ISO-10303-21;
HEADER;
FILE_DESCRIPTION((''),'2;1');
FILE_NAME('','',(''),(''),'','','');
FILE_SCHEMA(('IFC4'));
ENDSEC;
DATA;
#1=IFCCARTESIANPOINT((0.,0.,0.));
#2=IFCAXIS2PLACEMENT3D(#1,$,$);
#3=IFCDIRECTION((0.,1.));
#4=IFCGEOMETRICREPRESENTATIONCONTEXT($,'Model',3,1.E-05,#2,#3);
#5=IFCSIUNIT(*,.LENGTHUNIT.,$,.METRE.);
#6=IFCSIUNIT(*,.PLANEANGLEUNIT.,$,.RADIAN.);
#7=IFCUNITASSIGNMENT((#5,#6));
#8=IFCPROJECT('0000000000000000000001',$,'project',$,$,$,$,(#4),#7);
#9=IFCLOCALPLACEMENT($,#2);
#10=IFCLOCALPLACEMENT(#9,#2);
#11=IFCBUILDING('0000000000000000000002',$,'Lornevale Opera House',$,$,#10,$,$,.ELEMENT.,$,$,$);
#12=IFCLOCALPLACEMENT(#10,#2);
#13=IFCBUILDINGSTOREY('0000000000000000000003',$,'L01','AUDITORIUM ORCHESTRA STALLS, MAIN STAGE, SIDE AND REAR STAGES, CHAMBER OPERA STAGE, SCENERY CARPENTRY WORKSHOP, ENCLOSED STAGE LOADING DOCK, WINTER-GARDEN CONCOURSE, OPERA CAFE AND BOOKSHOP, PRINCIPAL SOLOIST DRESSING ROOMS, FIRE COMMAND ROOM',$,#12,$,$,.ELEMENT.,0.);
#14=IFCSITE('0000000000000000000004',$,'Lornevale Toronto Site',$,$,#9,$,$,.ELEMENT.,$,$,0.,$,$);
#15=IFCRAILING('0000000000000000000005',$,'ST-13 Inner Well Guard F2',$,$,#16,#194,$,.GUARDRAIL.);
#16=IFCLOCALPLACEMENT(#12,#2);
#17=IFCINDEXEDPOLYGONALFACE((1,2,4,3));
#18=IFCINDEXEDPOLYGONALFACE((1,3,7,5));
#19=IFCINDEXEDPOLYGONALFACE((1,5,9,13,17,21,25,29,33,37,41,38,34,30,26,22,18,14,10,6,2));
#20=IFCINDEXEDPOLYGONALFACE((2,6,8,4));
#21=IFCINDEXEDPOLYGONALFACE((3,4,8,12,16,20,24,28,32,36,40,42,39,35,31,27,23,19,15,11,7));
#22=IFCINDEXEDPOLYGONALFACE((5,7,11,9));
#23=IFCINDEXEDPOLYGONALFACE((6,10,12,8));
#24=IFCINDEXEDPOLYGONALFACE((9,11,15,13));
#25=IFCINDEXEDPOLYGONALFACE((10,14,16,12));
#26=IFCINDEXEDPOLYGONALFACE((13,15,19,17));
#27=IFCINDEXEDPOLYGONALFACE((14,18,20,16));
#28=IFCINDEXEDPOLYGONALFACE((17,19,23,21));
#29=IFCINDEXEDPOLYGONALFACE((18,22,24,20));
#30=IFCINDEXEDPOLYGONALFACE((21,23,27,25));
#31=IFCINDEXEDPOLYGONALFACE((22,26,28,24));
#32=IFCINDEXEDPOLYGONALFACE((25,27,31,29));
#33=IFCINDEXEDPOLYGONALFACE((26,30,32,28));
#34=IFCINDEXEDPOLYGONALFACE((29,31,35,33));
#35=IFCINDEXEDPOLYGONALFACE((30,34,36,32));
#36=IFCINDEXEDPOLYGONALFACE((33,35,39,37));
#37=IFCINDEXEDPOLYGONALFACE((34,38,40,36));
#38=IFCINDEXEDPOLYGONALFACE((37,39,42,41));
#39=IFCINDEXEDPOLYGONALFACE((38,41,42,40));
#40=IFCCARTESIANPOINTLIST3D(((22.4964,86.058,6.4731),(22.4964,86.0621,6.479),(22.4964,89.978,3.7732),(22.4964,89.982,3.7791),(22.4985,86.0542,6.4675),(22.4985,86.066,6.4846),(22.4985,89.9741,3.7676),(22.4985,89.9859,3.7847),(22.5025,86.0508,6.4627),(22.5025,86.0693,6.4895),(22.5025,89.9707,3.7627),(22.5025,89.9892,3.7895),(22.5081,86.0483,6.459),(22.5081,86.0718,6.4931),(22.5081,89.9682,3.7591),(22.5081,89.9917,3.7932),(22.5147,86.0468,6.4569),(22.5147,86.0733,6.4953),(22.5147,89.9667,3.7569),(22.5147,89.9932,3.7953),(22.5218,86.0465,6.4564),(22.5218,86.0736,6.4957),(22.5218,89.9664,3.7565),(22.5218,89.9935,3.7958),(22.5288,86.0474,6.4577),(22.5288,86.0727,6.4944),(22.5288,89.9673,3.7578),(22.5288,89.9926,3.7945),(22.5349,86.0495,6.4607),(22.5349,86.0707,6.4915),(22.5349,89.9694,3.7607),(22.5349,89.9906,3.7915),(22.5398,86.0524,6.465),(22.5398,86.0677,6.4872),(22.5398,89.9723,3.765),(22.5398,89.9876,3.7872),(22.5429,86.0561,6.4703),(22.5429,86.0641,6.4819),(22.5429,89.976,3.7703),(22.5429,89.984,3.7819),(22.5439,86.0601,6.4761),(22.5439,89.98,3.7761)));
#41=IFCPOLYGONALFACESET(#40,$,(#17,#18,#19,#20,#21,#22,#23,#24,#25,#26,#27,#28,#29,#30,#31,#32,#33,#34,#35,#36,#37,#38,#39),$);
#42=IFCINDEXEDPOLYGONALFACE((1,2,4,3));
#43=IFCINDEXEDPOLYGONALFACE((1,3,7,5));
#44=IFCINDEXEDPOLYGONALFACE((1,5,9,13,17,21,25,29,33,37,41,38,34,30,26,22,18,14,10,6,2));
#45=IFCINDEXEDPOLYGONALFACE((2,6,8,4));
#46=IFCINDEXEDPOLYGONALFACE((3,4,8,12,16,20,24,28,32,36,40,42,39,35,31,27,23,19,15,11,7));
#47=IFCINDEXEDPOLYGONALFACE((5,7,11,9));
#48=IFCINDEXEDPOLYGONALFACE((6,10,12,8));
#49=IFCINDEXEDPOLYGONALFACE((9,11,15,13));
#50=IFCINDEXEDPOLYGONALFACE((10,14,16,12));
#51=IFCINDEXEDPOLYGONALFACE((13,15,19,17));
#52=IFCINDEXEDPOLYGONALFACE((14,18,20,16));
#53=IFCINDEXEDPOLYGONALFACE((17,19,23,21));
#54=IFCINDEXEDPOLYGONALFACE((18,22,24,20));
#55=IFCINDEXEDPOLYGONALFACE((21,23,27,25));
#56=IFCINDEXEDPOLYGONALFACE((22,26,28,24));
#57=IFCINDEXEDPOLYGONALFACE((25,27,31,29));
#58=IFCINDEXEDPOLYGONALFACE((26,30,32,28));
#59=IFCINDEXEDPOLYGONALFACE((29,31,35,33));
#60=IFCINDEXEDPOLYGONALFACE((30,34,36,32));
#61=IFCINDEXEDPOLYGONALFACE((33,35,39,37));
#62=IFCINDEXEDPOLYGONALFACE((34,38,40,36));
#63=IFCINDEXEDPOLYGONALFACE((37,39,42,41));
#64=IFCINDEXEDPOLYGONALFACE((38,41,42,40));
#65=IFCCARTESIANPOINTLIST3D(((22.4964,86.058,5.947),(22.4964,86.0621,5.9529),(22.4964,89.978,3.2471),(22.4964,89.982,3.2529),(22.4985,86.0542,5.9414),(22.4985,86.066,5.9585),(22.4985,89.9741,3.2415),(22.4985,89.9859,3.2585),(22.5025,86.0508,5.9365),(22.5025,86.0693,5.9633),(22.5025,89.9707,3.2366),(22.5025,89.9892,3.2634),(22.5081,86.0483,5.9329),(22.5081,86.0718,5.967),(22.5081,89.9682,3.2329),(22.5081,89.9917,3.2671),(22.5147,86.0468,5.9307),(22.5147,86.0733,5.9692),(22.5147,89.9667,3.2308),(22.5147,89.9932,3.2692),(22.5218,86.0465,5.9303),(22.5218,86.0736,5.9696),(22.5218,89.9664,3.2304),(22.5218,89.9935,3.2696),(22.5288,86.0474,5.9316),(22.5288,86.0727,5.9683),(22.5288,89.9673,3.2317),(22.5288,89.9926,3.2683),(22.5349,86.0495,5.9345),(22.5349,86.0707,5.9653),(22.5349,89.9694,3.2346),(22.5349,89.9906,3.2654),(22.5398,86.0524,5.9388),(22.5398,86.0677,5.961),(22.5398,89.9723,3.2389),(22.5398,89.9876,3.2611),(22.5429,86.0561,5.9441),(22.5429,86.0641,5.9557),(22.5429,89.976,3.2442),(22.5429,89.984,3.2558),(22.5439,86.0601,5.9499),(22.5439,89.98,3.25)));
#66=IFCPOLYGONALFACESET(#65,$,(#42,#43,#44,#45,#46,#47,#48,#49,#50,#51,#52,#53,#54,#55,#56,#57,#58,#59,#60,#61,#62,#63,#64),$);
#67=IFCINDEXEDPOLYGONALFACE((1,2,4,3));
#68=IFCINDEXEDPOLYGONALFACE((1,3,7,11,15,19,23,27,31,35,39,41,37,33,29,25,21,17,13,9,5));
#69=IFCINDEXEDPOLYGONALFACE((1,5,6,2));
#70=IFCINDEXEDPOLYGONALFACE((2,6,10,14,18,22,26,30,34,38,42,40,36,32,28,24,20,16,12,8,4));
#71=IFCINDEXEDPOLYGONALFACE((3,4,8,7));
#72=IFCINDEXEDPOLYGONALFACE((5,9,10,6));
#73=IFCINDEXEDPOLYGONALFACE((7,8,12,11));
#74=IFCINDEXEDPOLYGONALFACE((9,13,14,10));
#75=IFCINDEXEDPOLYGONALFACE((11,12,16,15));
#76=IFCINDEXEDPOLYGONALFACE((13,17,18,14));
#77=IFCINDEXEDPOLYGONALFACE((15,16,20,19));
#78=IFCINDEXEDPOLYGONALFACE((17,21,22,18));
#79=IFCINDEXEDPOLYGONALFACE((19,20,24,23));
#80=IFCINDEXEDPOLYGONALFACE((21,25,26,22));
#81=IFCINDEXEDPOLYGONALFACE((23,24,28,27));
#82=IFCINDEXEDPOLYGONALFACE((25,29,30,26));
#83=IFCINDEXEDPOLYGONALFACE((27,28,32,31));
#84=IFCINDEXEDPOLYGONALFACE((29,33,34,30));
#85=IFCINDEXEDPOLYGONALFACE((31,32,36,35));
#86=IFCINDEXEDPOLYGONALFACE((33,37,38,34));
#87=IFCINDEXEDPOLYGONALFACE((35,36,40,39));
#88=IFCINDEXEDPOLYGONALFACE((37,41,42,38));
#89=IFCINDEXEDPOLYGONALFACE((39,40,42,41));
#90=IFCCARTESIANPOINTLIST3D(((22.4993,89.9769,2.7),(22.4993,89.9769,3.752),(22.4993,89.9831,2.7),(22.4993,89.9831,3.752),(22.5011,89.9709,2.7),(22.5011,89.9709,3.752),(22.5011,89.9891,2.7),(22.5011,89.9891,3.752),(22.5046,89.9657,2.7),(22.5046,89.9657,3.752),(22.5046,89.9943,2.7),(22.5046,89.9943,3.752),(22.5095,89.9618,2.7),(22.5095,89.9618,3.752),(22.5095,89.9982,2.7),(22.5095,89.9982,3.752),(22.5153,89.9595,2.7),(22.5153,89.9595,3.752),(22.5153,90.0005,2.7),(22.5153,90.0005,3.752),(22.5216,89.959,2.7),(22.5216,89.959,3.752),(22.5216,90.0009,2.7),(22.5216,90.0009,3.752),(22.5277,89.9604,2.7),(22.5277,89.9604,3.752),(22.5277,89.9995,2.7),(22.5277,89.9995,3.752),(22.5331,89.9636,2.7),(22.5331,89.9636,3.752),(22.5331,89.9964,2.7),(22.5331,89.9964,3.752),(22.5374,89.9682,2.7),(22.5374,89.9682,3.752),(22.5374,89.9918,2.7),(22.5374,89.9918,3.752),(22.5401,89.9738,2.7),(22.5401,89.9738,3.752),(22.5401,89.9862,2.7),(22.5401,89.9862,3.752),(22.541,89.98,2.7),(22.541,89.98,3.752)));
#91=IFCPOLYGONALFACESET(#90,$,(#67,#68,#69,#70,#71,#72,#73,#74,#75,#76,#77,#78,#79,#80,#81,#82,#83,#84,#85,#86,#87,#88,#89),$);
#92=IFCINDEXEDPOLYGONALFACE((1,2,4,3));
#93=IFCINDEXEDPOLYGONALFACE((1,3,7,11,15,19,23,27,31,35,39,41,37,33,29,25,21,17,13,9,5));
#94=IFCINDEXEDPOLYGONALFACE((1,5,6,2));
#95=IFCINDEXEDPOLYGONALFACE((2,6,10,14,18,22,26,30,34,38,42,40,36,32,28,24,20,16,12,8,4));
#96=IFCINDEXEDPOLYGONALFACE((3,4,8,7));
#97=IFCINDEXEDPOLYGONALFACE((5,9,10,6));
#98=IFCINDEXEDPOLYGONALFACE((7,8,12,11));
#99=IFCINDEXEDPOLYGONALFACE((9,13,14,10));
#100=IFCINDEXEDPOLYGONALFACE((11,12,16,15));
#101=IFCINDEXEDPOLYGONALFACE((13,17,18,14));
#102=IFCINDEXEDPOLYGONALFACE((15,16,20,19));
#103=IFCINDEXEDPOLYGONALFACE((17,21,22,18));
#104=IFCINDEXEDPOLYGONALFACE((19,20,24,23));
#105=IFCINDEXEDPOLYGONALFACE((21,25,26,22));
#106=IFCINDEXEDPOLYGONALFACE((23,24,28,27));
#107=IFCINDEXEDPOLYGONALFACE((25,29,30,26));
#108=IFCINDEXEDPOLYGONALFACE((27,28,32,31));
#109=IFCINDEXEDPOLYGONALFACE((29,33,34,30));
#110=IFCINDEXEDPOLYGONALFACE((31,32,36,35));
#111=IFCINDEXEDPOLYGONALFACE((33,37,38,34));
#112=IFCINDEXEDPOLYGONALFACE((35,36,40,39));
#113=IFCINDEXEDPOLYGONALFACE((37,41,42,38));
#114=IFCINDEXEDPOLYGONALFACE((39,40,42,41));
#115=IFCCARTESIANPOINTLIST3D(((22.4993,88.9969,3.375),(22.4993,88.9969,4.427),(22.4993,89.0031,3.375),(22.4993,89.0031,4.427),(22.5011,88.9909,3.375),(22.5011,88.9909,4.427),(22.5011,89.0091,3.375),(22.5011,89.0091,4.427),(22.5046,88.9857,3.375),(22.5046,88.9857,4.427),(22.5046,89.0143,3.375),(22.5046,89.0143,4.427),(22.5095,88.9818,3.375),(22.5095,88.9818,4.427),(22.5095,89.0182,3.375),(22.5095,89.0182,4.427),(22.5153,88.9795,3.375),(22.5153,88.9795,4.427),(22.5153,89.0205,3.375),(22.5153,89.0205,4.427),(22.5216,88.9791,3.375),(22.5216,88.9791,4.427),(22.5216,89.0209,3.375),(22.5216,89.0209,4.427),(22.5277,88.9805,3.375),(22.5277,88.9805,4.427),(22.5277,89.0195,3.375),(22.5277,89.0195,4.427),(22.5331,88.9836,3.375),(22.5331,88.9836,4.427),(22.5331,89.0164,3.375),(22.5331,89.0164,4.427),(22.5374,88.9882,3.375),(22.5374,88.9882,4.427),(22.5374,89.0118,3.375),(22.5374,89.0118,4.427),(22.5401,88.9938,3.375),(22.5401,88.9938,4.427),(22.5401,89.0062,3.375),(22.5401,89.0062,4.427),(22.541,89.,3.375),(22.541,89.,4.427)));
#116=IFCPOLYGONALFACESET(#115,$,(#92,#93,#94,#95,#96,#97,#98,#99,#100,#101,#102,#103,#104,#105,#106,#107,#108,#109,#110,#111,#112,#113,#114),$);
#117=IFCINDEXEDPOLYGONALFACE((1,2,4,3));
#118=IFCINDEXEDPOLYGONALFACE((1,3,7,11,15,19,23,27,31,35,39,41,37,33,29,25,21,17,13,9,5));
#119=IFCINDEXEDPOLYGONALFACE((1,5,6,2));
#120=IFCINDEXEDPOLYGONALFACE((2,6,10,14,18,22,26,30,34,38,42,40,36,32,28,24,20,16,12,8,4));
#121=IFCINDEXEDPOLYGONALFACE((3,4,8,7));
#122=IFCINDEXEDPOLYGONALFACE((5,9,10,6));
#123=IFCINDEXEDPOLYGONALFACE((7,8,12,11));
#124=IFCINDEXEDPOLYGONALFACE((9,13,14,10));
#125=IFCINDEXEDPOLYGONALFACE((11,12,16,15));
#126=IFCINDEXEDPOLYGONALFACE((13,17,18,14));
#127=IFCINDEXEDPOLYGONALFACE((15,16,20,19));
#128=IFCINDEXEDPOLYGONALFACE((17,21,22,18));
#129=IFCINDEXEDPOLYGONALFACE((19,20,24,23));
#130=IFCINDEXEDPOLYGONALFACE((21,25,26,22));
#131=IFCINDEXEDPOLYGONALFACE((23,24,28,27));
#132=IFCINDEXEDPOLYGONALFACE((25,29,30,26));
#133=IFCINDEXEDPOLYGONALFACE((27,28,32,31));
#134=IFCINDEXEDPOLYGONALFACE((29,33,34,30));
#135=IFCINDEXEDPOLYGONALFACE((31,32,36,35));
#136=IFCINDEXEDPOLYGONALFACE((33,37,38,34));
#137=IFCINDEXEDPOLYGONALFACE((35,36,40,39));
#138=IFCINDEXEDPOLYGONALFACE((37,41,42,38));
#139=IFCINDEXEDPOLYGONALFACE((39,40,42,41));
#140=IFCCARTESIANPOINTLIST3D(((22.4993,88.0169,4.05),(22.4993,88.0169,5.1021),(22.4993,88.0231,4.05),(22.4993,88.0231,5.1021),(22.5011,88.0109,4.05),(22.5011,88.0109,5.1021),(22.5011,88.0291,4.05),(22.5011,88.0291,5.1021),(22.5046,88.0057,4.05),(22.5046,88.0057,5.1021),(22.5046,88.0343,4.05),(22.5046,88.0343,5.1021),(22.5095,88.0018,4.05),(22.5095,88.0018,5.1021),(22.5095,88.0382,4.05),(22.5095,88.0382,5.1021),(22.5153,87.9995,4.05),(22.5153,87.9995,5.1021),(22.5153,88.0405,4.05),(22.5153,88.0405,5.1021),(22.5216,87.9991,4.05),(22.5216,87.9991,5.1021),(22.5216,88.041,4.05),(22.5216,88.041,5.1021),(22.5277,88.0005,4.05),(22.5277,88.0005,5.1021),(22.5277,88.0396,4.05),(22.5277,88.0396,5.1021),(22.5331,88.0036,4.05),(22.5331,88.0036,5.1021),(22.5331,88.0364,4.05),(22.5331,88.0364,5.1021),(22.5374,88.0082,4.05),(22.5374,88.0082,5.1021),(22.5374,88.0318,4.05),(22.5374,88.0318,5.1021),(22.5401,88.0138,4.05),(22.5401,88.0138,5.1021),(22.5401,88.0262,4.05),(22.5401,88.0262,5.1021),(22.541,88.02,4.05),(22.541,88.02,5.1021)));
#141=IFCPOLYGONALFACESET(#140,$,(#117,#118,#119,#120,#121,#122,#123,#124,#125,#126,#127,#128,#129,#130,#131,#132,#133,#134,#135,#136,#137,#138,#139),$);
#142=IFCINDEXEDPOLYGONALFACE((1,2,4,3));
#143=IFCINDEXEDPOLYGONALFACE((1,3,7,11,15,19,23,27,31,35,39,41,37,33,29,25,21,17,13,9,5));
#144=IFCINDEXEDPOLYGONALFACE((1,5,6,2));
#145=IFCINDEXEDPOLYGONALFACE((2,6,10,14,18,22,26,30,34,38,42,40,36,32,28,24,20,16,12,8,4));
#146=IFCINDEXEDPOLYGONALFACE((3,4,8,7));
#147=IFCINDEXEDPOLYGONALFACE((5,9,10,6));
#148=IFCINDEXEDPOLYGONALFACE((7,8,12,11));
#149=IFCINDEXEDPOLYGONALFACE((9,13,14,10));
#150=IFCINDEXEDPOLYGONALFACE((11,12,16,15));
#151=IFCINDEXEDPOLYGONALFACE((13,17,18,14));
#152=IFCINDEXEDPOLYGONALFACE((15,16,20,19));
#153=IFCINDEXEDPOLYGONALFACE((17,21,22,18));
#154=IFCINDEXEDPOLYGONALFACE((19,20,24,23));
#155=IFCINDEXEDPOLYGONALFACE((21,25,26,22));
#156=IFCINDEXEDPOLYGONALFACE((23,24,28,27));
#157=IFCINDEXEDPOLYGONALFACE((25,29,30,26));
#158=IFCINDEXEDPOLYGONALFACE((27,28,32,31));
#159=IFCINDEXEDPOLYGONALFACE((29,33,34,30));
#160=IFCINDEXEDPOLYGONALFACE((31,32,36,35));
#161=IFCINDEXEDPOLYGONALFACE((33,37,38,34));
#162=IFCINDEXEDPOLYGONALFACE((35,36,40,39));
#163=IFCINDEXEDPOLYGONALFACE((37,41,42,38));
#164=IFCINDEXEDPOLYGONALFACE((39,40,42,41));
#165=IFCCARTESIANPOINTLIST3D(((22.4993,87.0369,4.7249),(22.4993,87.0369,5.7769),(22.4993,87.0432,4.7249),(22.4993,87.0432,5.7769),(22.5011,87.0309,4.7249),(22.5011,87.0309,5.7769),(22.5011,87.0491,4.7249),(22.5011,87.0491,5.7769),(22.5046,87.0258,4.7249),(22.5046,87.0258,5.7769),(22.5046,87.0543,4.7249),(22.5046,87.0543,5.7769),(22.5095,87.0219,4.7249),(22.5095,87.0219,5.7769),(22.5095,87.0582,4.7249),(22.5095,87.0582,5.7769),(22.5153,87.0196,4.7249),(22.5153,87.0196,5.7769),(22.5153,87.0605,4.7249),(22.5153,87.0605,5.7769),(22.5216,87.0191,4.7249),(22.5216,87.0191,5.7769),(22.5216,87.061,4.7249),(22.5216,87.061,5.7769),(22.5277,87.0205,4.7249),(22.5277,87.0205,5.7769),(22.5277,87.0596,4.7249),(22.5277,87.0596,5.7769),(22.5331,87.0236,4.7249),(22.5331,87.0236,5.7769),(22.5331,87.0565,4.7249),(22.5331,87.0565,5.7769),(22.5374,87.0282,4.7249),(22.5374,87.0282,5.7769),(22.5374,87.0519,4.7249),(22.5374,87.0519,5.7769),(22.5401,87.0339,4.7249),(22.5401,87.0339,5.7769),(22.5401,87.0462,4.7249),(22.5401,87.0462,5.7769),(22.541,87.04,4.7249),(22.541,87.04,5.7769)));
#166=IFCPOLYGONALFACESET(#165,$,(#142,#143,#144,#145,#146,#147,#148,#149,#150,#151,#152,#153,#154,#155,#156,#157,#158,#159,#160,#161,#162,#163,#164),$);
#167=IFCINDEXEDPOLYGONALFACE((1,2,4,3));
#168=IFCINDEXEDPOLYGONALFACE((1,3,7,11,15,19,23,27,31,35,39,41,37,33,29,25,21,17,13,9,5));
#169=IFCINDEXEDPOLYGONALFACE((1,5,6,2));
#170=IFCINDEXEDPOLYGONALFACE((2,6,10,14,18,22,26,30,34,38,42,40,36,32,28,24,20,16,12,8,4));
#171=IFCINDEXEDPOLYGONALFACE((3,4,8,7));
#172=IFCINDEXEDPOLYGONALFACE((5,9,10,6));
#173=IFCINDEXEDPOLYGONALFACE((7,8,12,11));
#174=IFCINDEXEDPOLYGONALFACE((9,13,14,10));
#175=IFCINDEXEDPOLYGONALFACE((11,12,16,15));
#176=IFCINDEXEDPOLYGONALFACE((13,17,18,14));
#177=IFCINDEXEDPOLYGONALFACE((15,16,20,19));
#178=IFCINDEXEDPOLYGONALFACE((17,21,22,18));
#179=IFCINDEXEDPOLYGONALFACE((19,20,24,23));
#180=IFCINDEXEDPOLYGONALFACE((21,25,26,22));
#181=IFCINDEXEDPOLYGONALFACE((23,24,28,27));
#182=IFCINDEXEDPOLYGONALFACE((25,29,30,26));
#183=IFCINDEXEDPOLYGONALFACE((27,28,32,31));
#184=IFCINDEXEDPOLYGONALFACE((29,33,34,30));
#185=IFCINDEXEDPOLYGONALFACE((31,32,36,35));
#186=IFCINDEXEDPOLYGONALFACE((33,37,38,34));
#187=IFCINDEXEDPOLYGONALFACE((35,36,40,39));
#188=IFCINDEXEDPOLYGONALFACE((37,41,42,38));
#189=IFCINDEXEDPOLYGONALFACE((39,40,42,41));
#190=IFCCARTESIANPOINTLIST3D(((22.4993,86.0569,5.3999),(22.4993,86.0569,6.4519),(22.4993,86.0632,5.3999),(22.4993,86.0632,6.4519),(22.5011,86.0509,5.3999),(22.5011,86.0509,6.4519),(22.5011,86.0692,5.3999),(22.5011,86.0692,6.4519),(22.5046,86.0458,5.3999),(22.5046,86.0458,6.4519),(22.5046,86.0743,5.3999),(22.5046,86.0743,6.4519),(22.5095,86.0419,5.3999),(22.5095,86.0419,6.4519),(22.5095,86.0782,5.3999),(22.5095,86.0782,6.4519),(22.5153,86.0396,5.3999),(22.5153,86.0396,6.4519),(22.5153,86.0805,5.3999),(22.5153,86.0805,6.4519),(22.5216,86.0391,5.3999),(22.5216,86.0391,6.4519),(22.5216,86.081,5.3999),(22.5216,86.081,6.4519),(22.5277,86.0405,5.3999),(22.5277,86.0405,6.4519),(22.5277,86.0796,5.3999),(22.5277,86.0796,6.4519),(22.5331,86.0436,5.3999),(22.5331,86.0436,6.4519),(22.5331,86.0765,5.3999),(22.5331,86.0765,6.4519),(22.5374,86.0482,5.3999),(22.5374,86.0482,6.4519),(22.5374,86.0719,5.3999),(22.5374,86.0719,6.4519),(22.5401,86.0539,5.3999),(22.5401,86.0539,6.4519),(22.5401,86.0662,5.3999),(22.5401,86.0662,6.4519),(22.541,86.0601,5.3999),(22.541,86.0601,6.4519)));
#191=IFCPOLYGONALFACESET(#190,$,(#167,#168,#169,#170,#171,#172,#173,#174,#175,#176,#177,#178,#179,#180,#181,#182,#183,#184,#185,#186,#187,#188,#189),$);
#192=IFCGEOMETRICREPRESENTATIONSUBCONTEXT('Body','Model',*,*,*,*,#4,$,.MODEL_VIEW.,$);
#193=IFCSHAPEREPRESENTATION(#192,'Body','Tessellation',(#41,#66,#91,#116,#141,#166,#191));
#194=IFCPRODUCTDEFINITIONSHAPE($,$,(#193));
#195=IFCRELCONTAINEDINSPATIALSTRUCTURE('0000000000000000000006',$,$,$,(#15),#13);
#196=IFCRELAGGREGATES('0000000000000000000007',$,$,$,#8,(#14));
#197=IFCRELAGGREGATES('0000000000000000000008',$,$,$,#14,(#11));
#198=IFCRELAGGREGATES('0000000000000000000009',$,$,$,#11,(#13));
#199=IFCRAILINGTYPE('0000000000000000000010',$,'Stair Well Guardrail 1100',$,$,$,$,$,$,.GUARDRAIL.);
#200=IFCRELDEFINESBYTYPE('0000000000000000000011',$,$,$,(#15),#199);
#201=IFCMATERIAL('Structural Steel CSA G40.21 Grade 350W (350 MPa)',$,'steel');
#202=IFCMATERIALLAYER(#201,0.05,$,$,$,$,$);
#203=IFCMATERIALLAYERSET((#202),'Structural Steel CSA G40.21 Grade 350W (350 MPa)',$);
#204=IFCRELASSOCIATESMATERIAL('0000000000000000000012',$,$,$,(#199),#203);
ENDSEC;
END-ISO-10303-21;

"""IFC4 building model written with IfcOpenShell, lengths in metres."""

from ifc_helpers import new_model, si_unit, direction, frame, origin, origin_2d, place, context, subcontext, project, spatial, circle, extrude, material, layer, layer_set, type_object, element, save


model = new_model("IFC4")

# Units and contexts
model_context = context("Model", 3, precision=1e-05, world=origin(), true_north=direction((0.0, 1.0)))
body_context = subcontext(model_context, "Body", "Model", "MODEL_VIEW")
ifc_project = project(units=[si_unit("LENGTHUNIT", "METRE"), si_unit("PLANEANGLEUNIT", "RADIAN")], contexts=[model_context])

# Site, building, storey
site_placement = place(None, origin())
site = spatial("IfcSite", under=ifc_project, at=site_placement, Name="Lornevale Toronto Site", CompositionType="ELEMENT", RefElevation=0.0)
building_placement = place(site_placement, origin())
building = spatial("IfcBuilding", under=site, at=building_placement, Name="Lornevale Opera House", CompositionType="ELEMENT")
storey_placement = place(building_placement, origin())
storey = spatial("IfcBuildingStorey", under=building, at=storey_placement, Name="L01", Description="AUDITORIUM ORCHESTRA STALLS, MAIN STAGE, SIDE AND REAR STAGES, CHAMBER OPERA STAGE, SCENERY CARPENTRY WORKSHOP, ENCLOSED STAGE LOADING DOCK, WINTER-GARDEN CONCOURSE, OPERA CAFE AND BOOKSHOP, PRINCIPAL SOLOIST DRESSING ROOMS, FIRE COMMAND ROOM", CompositionType="ELEMENT", Elevation=0.0)

# Railing
ifc_material_1 = material(Name="Structural Steel CSA G40.21 Grade 350W (350 MPa)", Category="steel")
ifc_layer_1 = layer(ifc_material_1, 0.05)
ifc_layer_set_1 = layer_set([ifc_layer_1], Name="Structural Steel CSA G40.21 Grade 350W (350 MPa)")
railing_type_1 = type_object("IfcRailingType", Name="Stair Well Guardrail 1100", PredefinedType="GUARDRAIL", material=ifc_layer_set_1)
railing_1_placement = place(storey_placement, frame((22.52, 89.98, 2.7)))
element("IfcRailing", 1, at=railing_1_placement, inside=storey, type_object=railing_type_1, Name="ST-13 Inner Well Guard F2", PredefinedType="GUARDRAIL", context=body_context, shape_type="SweptSolid", body=[
    extrude(circle(Radius=0.0239, at=origin_2d()), frame((0.0, 0.0, 1.0762), z_axis=(0.0, -0.823551, 0.567243), x_axis=(1.0, 0.0, 0.0)), (0.0, 0.0, 1.0), 4.7598),
    extrude(circle(Radius=0.0239, at=origin_2d()), frame((0.0, 0.0, 0.55), z_axis=(0.0, -0.823551, 0.567243), x_axis=(1.0, 0.0, 0.0)), (0.0, 0.0, 1.0), 4.7598),
    extrude(circle(Radius=0.021, at=origin_2d()), origin(), (0.0, 0.0, 1.0), 1.052),
    extrude(circle(Radius=0.021, at=origin_2d()), frame((0.0, -0.98, 0.675)), (0.0, 0.0, 1.0), 1.052),
    extrude(circle(Radius=0.021, at=origin_2d()), frame((0.0, -1.96, 1.3501)), (0.0, 0.0, 1.0), 1.052),
    extrude(circle(Radius=0.021, at=origin_2d()), frame((0.0, -2.9399, 2.0249)), (0.0, 0.0, 1.0), 1.052),
    extrude(circle(Radius=0.021, at=origin_2d()), frame((0.0, -3.9199, 2.7)), (0.0, 0.0, 1.0), 1.052),
])

save(model, "model.ifc")
